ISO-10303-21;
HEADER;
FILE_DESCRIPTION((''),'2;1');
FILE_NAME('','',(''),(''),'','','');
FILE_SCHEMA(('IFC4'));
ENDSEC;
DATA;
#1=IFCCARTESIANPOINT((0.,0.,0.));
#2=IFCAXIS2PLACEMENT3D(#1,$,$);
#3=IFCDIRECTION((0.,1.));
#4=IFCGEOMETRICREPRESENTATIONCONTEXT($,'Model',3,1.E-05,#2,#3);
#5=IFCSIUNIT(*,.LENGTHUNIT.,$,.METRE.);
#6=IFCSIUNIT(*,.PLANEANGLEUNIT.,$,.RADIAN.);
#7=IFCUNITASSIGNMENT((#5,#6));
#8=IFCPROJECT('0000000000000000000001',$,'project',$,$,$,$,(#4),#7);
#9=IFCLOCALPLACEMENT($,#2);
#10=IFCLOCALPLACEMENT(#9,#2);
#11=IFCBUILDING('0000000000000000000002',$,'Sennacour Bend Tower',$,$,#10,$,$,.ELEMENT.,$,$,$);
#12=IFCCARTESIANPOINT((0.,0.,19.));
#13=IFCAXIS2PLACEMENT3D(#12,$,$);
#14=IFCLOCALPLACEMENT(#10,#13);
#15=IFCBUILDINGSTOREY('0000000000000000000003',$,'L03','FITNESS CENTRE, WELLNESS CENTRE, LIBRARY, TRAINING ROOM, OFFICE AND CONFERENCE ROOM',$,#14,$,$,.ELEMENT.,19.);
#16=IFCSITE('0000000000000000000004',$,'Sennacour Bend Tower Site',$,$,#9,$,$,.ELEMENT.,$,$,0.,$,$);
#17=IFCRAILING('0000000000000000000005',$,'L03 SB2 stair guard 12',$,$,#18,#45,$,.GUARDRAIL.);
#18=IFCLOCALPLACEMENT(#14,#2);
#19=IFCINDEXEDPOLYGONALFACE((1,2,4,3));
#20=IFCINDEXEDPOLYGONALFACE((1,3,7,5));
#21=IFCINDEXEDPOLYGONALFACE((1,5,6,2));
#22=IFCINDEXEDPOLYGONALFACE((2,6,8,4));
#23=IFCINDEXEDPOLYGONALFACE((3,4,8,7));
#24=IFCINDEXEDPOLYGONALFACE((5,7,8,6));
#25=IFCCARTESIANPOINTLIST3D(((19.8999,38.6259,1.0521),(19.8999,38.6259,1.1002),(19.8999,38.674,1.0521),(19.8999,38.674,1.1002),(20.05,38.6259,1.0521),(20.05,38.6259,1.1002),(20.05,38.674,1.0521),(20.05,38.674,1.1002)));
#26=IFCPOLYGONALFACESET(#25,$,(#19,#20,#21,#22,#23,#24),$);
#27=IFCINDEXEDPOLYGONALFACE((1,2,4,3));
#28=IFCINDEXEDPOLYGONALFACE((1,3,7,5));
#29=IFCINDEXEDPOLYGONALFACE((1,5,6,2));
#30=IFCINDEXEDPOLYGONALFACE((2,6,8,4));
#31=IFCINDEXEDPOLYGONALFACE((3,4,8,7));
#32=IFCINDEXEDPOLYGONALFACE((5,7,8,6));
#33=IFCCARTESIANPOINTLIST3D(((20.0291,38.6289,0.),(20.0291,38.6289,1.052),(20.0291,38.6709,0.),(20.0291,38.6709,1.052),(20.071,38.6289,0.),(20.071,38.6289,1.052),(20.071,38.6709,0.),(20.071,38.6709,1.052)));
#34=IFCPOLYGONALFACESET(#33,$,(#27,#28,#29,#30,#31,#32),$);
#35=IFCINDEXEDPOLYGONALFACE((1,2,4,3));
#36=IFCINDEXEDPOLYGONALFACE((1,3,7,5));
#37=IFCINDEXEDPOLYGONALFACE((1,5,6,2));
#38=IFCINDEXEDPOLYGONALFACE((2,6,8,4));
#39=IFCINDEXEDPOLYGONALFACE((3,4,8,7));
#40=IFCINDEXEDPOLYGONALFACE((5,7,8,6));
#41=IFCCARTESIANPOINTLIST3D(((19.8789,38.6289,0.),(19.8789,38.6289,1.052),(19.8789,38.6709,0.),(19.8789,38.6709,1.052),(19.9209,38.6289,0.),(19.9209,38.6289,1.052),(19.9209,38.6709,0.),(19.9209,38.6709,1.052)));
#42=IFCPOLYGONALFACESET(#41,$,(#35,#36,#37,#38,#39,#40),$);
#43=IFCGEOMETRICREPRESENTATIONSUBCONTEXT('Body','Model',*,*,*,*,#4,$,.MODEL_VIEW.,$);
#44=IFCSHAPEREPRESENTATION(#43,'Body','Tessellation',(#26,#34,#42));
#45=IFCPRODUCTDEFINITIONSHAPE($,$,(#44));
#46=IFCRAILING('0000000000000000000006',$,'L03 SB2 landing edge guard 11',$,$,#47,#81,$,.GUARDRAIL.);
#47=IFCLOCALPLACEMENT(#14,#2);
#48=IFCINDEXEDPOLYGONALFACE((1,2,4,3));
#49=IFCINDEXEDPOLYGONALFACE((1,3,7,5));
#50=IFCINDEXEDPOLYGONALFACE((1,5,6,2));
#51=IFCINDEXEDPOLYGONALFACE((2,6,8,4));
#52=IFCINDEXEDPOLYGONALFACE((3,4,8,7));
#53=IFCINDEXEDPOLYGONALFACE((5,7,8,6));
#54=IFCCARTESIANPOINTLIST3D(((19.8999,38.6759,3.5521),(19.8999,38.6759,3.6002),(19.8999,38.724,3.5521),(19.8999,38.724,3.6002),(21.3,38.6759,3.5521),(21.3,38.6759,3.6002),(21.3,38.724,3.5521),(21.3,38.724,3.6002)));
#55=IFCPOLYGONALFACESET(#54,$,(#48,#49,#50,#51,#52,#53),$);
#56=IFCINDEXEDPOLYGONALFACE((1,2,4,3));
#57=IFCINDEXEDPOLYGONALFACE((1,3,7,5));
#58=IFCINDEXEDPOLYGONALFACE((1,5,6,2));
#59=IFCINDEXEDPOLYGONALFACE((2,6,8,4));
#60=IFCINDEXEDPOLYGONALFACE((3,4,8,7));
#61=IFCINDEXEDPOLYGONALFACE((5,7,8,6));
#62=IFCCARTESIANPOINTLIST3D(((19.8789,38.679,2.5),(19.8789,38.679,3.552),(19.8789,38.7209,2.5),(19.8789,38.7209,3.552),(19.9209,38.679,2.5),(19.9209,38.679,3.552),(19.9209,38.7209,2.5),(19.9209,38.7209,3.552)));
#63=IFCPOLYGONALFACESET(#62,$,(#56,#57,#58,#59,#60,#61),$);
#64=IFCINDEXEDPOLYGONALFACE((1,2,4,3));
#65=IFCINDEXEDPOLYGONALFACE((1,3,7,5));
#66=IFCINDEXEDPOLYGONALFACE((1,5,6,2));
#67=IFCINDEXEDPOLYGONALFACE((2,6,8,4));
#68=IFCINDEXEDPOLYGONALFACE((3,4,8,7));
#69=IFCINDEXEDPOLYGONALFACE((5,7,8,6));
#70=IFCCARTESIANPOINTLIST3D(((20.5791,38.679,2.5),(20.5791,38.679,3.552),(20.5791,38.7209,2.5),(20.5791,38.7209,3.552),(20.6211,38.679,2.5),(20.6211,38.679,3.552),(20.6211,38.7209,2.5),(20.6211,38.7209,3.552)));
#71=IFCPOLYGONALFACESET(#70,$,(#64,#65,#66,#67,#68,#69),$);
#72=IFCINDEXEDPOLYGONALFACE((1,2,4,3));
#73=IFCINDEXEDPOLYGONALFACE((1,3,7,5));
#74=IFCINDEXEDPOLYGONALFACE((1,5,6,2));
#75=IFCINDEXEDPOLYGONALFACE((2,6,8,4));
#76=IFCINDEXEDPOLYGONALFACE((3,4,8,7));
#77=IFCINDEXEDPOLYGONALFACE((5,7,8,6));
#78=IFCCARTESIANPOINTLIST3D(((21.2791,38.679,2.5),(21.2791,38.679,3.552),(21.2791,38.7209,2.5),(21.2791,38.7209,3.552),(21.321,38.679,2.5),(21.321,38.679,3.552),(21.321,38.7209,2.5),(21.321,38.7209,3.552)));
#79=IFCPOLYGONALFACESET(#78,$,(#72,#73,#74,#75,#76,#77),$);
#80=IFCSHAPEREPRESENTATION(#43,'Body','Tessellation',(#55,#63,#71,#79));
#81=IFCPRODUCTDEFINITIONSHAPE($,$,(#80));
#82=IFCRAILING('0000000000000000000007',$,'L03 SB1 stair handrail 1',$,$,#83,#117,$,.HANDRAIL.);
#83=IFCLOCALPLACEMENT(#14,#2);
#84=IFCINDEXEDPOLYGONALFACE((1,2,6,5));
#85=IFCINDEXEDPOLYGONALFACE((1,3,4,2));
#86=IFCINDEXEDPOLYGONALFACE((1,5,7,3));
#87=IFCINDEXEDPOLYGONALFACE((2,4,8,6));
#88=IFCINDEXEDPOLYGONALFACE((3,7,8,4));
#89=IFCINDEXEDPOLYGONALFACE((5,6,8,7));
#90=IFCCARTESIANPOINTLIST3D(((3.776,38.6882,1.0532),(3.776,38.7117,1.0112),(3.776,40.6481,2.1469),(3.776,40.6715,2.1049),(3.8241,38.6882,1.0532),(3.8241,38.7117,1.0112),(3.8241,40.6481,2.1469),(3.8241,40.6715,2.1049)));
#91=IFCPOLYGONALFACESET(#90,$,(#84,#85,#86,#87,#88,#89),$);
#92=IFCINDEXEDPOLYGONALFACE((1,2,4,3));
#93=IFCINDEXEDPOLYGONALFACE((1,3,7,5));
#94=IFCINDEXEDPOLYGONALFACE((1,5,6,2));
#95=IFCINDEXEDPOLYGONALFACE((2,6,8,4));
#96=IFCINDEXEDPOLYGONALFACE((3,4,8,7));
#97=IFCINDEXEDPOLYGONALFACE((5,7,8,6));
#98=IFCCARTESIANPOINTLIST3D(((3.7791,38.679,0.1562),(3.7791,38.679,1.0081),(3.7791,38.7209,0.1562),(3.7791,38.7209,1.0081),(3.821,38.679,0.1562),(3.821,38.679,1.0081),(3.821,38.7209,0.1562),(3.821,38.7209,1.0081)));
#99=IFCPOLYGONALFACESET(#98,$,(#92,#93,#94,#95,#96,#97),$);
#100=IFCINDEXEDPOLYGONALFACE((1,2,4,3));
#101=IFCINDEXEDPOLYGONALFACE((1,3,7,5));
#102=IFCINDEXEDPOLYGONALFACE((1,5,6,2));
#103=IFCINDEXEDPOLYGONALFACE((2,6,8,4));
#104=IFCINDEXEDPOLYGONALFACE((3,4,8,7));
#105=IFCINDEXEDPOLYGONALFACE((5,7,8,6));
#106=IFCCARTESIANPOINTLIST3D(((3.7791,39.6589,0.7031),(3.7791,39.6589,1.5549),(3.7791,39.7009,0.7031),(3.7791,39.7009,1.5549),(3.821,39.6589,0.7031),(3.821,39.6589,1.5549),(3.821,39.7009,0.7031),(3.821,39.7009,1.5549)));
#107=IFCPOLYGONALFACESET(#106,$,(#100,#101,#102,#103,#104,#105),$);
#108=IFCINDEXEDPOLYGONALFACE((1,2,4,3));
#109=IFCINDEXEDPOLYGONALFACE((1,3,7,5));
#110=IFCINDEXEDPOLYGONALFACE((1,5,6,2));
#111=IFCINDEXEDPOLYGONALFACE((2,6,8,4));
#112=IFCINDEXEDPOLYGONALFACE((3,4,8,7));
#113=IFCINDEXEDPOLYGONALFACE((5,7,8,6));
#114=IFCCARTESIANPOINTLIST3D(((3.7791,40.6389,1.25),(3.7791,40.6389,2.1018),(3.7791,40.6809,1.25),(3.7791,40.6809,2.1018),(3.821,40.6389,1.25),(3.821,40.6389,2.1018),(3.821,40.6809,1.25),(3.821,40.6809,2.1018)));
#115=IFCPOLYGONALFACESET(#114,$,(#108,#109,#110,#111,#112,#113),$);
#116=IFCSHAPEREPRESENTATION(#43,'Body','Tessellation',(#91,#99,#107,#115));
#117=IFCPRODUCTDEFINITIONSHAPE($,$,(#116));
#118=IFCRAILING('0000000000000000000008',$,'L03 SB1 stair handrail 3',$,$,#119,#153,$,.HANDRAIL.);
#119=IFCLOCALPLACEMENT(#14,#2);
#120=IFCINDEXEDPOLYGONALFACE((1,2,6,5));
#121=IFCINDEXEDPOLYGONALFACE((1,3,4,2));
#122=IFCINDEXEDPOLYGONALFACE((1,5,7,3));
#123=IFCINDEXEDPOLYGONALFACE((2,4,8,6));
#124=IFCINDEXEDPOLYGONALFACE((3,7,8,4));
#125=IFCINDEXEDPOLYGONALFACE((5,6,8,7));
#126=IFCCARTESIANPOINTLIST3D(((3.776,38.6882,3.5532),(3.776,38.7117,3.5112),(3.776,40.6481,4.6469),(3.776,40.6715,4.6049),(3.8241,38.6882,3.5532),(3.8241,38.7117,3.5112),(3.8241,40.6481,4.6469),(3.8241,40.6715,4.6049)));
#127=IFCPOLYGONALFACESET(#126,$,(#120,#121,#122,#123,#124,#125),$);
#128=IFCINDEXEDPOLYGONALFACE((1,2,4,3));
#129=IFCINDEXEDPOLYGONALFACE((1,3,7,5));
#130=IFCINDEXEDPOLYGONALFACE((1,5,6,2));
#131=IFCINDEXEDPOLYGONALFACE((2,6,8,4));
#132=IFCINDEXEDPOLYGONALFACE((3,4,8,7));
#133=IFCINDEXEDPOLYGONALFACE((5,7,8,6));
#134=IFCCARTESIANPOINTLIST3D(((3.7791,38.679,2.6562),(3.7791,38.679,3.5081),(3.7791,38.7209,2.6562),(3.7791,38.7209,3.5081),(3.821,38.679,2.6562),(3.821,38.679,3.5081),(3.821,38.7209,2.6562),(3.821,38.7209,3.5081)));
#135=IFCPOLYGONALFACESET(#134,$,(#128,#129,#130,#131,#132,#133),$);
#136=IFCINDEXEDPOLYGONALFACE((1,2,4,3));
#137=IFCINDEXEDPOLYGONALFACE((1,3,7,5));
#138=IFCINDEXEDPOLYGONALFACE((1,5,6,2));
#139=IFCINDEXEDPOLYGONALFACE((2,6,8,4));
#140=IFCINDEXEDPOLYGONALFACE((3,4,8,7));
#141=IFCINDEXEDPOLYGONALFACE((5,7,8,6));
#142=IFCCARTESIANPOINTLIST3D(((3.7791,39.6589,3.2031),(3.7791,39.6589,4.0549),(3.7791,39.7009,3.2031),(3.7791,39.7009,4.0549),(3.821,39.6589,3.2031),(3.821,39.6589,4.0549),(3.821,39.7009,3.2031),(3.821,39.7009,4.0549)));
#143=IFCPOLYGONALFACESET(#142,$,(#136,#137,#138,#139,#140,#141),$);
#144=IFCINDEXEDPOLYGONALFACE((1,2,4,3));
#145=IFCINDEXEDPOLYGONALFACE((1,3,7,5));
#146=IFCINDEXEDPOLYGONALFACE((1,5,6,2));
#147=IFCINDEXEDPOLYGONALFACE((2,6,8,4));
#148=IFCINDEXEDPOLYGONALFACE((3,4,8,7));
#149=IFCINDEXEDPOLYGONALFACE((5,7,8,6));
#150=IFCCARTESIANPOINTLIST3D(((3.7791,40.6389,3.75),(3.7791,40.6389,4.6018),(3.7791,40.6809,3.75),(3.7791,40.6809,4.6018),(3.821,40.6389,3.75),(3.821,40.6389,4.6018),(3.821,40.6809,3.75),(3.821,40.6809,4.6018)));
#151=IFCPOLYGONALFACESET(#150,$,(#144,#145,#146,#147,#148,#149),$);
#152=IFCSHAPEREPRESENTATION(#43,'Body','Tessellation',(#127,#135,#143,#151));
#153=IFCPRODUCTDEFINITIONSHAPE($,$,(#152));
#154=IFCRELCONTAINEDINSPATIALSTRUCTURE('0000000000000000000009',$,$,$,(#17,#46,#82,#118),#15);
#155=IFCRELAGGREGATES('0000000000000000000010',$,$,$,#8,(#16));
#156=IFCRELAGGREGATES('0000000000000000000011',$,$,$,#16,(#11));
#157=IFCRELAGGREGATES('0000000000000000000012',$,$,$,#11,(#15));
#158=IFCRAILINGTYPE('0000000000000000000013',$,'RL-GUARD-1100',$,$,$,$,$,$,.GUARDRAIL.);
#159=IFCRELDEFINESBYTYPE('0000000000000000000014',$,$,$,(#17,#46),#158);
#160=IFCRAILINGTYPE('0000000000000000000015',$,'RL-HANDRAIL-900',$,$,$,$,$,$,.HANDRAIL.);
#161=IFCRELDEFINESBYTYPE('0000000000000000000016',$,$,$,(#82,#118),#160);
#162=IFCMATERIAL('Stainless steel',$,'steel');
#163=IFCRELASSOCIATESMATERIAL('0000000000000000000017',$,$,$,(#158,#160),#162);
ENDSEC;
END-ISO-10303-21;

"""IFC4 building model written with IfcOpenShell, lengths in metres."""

from ifc_helpers import new_model, si_unit, direction, frame, origin, origin_2d, place, context, subcontext, project, spatial, rectangle, extrude, material, type_object, element, save


model = new_model("IFC4")

# Units and contexts
model_context = context("Model", 3, precision=1e-05, world=origin(), true_north=direction((0.0, 1.0)))
body_context = subcontext(model_context, "Body", "Model", "MODEL_VIEW")
ifc_project = project(units=[si_unit("LENGTHUNIT", "METRE"), si_unit("PLANEANGLEUNIT", "RADIAN")], contexts=[model_context])

# Site, building, storey
site_placement = place(None, origin())
site = spatial("IfcSite", under=ifc_project, at=site_placement, Name="Sennacour Bend Tower Site", CompositionType="ELEMENT", RefElevation=0.0)
building_placement = place(site_placement, origin())
building = spatial("IfcBuilding", under=site, at=building_placement, Name="Sennacour Bend Tower", CompositionType="ELEMENT")
storey_placement = place(building_placement, frame((0.0, 0.0, 19.0)))
storey = spatial("IfcBuildingStorey", under=building, at=storey_placement, Name="L03", Description="FITNESS CENTRE, WELLNESS CENTRE, LIBRARY, TRAINING ROOM, OFFICE AND CONFERENCE ROOM", CompositionType="ELEMENT", Elevation=19.0)

# Shared definitions
ifc_material_1 = material(Name="Stainless steel", Category="steel")

# Railings
railing_type_1 = type_object("IfcRailingType", Name="RL-GUARD-1100", PredefinedType="GUARDRAIL", material=ifc_material_1)
for number, where, name in (
    (1, (20.05, 38.6499, 0.0), "L03 SB2 stair guard 12"),
):
    element("IfcRailing", number, at=place(storey_placement, frame(where)), inside=storey, type_object=railing_type_1, Name=name, PredefinedType="GUARDRAIL", context=body_context, shape_type="SweptSolid", body=[
        extrude(rectangle(XDim=0.0481, YDim=0.0481, at=origin_2d()), frame((0.0, 0.0, 1.0762), z_axis=(-1.0, 0.0, 0.0), x_axis=(0.0, -1.0, 0.0)), (0.0, 0.0, 1.0), 0.1501),
        extrude(rectangle(XDim=0.042, YDim=0.042, at=origin_2d()), origin(), (0.0, 0.0, 1.0), 1.052),
        extrude(rectangle(XDim=0.042, YDim=0.042, at=origin_2d()), frame((-0.1501, 0.0, 0.0)), (0.0, 0.0, 1.0), 1.052),
    ])
railing_placement = place(storey_placement, frame((19.8999, 38.7, 2.5)))
element("IfcRailing", 2, at=railing_placement, inside=storey, type_object=railing_type_1, Name="L03 SB2 landing edge guard 11", PredefinedType="GUARDRAIL", context=body_context, shape_type="SweptSolid", body=[
    extrude(rectangle(XDim=0.0481, YDim=0.0481, at=origin_2d()), frame((0.0, 0.0, 1.0762), z_axis=(1.0, 0.0, 0.0), x_axis=(0.0, 1.0, 0.0)), (0.0, 0.0, 1.0), 1.4001),
    extrude(rectangle(XDim=0.042, YDim=0.042, at=origin_2d()), origin(), (0.0, 0.0, 1.0), 1.052),
    extrude(rectangle(XDim=0.042, YDim=0.042, at=origin_2d()), frame((0.7002, 0.0, 0.0)), (0.0, 0.0, 1.0), 1.052),
    extrude(rectangle(XDim=0.042, YDim=0.042, at=origin_2d()), frame((1.4001, 0.0, 0.0)), (0.0, 0.0, 1.0), 1.052),
])
railing_type_2 = type_object("IfcRailingType", Name="RL-HANDRAIL-900", PredefinedType="HANDRAIL", material=ifc_material_1)
for number, where, name in (
    (3, (3.8, 38.7, 0.1562), "L03 SB1 stair handrail 1"),
    (4, (3.8, 38.7, 2.6562), "L03 SB1 stair handrail 3"),
):
    element("IfcRailing", number, at=place(storey_placement, frame(where)), inside=storey, type_object=railing_type_2, Name=name, PredefinedType="HANDRAIL", context=body_context, shape_type="SweptSolid", body=[
        extrude(rectangle(XDim=0.0481, YDim=0.0481, at=origin_2d()), frame((0.0, 0.0, 0.876), z_axis=(0.0, 0.873232, 0.487304), x_axis=(-1.0, 0.0, 0.0)), (0.0, 0.0, 1.0), 2.2444),
        extrude(rectangle(XDim=0.042, YDim=0.042, at=origin_2d()), origin(), (0.0, 0.0, 1.0), 0.8518),
        extrude(rectangle(XDim=0.042, YDim=0.042, at=origin_2d()), frame((0.0, 0.98, 0.5469)), (0.0, 0.0, 1.0), 0.8518),
        extrude(rectangle(XDim=0.042, YDim=0.042, at=origin_2d()), frame((0.0, 1.96, 1.0938)), (0.0, 0.0, 1.0), 0.8518),
    ])

save(model, "model.ifc")
